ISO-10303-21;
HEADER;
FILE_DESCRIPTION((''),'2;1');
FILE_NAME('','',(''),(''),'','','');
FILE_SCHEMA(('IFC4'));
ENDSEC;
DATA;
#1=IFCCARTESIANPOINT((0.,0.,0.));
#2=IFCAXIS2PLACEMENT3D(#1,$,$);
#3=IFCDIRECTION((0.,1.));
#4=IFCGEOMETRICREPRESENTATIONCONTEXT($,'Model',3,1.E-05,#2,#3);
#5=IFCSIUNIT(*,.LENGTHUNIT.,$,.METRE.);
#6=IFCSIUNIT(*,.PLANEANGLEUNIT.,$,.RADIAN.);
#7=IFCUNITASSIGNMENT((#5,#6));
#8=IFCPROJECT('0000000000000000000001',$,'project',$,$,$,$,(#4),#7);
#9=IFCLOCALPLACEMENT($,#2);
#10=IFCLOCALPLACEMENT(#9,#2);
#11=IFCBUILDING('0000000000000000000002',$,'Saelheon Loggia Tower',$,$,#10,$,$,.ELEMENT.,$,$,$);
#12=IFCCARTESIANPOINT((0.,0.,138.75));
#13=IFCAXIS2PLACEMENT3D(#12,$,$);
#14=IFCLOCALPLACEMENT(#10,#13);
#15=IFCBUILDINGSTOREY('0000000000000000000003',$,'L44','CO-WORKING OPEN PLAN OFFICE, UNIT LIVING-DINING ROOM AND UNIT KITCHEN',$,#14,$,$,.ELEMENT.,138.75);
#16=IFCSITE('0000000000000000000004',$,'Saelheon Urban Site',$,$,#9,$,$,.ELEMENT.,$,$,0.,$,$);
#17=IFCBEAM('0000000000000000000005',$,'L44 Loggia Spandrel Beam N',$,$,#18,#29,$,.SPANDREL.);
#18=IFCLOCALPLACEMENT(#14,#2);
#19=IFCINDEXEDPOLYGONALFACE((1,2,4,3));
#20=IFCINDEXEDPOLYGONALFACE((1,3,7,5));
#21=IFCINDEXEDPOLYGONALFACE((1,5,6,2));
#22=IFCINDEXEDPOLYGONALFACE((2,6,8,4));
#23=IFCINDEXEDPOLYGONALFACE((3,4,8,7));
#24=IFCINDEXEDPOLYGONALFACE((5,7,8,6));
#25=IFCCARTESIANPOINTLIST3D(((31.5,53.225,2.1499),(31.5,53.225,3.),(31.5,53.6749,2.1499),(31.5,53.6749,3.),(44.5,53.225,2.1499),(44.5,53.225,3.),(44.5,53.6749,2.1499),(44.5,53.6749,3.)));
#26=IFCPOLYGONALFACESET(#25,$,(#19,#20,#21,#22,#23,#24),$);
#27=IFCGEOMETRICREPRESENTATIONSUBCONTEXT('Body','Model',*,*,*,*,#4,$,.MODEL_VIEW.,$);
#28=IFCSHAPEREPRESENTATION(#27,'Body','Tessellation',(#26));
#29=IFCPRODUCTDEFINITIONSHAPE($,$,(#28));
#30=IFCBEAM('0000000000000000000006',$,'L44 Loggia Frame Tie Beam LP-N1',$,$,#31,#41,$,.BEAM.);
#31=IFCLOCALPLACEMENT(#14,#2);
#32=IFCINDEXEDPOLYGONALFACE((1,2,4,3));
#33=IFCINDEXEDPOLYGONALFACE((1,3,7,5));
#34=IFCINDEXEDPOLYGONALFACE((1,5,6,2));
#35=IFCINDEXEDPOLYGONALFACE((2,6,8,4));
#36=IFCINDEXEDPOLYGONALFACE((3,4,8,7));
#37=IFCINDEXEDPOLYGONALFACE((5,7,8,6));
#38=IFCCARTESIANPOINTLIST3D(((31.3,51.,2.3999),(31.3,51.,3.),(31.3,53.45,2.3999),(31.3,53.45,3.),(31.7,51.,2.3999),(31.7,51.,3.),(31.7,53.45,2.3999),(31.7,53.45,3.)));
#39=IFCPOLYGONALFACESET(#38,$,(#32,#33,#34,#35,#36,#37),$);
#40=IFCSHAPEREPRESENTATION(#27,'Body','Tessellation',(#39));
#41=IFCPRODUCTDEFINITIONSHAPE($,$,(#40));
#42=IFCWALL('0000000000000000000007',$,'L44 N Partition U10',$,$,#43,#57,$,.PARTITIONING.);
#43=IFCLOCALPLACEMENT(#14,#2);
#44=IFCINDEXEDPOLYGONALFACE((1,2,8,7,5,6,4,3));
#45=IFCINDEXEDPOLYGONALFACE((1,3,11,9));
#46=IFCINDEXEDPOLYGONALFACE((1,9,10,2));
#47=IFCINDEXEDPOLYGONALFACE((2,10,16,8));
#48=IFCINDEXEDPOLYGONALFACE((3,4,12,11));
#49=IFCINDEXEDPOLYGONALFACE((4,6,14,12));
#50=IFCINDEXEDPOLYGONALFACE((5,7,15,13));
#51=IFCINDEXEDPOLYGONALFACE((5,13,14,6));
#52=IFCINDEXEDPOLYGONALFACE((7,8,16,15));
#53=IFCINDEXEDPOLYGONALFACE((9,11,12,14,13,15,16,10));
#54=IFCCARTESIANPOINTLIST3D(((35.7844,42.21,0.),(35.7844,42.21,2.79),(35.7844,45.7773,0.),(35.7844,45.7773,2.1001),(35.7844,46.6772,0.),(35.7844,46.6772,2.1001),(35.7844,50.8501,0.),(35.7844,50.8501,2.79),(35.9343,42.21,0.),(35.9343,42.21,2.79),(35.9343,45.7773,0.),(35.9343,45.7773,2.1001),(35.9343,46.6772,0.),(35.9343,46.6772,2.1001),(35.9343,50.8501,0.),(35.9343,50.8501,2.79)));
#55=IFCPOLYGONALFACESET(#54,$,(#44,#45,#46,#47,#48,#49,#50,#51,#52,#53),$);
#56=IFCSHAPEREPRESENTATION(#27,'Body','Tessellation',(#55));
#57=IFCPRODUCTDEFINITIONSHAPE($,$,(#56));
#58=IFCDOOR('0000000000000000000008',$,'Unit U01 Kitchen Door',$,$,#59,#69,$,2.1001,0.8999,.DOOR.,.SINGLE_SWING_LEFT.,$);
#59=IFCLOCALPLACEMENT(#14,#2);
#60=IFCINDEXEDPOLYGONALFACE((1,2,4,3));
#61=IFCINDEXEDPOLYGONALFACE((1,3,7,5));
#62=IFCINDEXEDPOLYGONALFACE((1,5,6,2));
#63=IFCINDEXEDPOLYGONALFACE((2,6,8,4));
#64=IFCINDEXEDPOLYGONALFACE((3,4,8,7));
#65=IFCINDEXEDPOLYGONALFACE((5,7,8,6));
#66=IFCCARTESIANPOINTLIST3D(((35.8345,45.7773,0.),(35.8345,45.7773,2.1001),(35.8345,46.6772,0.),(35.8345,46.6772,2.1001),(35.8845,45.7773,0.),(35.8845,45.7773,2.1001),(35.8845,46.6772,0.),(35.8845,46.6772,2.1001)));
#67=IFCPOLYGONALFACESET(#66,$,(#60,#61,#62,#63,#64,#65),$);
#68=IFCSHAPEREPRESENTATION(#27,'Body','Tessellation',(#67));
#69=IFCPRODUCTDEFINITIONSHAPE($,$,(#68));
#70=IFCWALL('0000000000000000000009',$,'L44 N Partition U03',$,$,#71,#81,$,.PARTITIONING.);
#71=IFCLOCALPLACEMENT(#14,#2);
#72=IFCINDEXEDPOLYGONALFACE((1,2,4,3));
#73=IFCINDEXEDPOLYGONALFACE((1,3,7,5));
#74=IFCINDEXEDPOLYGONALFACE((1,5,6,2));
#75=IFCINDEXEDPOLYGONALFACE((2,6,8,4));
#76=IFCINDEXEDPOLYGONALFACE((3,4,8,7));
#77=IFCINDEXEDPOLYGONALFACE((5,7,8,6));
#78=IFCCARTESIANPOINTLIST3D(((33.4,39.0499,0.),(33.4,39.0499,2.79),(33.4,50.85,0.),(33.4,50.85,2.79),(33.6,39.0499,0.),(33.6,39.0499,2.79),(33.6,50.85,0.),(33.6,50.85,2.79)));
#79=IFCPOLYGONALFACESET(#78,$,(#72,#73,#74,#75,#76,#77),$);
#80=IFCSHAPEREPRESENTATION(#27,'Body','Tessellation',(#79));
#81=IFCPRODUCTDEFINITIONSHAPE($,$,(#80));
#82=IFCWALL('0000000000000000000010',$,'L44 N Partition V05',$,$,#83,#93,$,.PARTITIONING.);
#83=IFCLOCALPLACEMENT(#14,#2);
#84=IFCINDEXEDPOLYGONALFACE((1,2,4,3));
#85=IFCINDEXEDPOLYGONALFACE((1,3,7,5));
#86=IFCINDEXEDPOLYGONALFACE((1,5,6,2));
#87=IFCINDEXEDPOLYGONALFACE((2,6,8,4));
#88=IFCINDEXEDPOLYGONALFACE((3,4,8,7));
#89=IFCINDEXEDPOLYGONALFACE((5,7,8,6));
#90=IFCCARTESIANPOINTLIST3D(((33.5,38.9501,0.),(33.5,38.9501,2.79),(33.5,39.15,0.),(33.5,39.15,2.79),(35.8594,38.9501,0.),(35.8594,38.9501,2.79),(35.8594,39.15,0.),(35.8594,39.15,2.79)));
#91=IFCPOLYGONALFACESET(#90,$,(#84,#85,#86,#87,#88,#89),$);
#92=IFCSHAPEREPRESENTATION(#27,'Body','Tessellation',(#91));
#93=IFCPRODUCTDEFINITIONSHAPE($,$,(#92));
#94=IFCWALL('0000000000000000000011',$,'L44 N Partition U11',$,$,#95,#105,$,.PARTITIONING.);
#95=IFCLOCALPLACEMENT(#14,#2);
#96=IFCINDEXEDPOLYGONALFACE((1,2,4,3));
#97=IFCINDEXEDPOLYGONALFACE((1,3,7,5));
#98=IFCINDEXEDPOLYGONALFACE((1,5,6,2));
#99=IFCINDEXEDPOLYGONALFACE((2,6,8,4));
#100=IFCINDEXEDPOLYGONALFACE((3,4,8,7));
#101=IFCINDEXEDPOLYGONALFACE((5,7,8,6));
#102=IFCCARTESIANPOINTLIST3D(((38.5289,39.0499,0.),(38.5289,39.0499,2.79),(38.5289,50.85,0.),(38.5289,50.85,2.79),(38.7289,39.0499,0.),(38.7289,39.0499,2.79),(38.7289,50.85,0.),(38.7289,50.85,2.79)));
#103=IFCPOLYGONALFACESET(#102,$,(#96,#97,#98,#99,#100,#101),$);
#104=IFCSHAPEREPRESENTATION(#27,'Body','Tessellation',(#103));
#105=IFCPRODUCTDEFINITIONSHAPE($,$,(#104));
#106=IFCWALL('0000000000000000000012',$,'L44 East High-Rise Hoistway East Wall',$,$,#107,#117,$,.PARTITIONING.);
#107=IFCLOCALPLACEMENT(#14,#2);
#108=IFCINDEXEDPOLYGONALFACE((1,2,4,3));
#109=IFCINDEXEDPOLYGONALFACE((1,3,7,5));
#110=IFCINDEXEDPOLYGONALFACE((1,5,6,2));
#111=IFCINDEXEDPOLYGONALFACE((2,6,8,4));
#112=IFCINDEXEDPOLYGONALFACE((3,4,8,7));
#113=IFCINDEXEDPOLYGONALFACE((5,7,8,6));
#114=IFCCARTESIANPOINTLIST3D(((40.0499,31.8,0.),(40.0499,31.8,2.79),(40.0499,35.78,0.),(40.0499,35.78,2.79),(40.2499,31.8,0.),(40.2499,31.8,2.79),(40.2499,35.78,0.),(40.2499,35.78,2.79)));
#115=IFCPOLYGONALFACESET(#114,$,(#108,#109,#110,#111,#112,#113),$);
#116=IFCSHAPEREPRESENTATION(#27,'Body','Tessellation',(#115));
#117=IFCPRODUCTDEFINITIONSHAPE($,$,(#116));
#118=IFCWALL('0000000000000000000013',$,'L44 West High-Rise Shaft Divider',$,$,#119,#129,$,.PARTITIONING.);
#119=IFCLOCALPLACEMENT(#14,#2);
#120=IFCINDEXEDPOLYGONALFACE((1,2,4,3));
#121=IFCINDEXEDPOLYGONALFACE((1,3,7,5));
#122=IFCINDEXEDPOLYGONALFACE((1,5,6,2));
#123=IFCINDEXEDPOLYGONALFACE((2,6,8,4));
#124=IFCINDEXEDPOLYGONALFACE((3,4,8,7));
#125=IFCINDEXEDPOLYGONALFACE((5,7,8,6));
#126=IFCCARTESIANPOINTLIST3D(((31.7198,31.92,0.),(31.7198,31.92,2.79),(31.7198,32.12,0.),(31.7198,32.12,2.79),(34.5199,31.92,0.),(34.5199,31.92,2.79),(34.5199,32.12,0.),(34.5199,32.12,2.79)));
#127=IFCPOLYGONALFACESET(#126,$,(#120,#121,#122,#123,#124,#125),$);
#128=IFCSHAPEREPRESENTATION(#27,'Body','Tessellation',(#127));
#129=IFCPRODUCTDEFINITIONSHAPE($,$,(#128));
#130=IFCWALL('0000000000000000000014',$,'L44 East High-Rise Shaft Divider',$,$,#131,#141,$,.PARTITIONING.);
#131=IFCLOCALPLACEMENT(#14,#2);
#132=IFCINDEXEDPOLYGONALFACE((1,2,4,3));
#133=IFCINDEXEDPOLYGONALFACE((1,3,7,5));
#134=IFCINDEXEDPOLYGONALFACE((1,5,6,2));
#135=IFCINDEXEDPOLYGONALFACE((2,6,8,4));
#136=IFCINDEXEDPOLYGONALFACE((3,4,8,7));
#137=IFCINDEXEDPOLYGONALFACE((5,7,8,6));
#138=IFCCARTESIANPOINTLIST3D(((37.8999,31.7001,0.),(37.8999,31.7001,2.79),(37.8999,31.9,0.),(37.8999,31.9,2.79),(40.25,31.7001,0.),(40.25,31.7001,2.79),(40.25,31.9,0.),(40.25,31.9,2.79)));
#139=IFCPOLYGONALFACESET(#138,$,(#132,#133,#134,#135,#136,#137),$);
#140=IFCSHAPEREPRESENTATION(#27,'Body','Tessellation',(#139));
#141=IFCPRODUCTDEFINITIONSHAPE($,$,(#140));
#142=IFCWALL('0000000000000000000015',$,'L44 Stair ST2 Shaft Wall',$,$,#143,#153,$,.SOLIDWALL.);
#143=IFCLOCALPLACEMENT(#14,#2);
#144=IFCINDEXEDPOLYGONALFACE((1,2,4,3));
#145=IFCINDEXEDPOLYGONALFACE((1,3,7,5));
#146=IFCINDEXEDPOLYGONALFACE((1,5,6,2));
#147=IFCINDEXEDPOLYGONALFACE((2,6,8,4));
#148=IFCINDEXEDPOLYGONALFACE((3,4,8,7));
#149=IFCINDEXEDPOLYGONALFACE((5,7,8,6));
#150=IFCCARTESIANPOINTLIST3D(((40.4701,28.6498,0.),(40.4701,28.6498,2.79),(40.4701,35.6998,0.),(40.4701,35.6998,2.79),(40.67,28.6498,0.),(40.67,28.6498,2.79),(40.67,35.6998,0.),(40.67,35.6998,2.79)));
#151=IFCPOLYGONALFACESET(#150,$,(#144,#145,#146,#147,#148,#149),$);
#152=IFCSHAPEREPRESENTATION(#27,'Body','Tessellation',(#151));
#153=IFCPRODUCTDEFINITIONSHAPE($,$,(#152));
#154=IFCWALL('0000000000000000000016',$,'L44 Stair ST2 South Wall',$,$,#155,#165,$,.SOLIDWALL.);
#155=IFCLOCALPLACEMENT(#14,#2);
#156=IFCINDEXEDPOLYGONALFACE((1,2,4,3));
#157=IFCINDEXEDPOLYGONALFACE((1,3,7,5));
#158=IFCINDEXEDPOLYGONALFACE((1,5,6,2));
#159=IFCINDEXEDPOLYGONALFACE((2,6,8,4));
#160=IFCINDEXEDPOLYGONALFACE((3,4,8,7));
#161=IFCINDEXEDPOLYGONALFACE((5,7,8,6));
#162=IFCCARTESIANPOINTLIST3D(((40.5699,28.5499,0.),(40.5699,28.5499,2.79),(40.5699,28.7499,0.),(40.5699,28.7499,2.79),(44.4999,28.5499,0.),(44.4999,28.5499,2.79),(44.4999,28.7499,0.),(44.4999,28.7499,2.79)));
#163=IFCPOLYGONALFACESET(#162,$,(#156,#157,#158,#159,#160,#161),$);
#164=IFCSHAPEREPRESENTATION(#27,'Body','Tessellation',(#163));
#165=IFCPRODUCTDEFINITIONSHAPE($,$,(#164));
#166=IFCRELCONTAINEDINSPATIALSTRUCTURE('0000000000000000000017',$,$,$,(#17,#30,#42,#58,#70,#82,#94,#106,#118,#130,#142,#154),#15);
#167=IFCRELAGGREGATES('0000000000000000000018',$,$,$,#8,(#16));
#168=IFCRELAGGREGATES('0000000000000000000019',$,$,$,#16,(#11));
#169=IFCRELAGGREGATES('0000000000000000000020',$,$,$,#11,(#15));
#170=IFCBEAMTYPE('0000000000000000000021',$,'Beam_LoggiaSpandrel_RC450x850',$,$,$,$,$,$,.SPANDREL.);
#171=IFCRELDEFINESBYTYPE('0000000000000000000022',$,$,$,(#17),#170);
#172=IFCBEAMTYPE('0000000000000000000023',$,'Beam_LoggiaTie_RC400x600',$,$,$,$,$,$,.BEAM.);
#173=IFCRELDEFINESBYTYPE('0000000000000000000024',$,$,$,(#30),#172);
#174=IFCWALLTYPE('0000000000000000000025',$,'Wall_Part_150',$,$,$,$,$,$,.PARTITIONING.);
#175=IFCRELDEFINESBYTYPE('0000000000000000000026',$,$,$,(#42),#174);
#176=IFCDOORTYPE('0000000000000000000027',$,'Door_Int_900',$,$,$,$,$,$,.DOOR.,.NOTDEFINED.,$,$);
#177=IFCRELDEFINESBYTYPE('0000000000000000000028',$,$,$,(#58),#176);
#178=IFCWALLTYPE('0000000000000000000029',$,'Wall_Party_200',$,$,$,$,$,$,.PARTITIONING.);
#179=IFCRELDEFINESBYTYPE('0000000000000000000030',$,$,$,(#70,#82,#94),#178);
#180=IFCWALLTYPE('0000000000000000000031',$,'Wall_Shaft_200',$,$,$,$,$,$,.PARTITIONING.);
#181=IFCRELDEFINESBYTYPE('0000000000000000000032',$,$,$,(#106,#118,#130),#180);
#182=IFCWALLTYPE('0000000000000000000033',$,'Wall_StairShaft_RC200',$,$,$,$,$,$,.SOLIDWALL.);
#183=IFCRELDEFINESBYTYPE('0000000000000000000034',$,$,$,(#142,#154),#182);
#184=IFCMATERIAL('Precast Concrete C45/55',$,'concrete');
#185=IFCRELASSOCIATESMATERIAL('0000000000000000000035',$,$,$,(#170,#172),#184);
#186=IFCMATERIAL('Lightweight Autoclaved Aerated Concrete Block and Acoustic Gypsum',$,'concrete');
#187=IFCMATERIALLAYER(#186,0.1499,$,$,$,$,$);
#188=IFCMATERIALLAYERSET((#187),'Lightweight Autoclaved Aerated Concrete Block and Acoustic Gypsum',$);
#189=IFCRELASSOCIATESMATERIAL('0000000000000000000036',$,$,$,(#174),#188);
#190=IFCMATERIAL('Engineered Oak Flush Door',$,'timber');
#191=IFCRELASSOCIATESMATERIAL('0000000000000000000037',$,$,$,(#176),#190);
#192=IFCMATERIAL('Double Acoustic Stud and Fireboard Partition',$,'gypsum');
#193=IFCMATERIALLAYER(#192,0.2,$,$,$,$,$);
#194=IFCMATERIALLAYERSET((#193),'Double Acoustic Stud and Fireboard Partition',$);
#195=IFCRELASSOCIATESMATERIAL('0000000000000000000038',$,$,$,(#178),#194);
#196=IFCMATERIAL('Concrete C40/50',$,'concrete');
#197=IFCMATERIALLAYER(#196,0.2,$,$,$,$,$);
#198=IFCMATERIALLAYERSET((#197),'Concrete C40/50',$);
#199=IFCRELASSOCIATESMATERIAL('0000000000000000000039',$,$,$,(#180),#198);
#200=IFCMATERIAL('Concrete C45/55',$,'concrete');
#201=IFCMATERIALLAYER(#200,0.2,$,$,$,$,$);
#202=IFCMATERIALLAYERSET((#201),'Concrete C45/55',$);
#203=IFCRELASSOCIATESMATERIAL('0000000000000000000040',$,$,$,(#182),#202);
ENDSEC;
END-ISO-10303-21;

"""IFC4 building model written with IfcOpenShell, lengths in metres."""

from ifc_helpers import new_model, si_unit, direction, frame, frame_2d, origin, origin_2d, place, context, subcontext, project, spatial, rectangle, extrude, source, transform, mapped, material, layer, layer_set, material_profile, profile_set, type_object, element, fill, save


model = new_model("IFC4")

# Units and contexts
model_context = context("Model", 3, precision=1e-05, world=origin(), true_north=direction((0.0, 1.0)))
body_context = subcontext(model_context, "Body", "Model", "MODEL_VIEW")
ifc_project = project(units=[si_unit("LENGTHUNIT", "METRE"), si_unit("PLANEANGLEUNIT", "RADIAN")], contexts=[model_context])

# Site, building, storey
site_placement = place(None, origin())
site = spatial("IfcSite", under=ifc_project, at=site_placement, Name="Saelheon Urban Site", CompositionType="ELEMENT", RefElevation=0.0)
building_placement = place(site_placement, origin())
building = spatial("IfcBuilding", under=site, at=building_placement, Name="Saelheon Loggia Tower", CompositionType="ELEMENT")
storey_placement = place(building_placement, frame((0.0, 0.0, 138.75)))
storey = spatial("IfcBuildingStorey", under=building, at=storey_placement, Name="L44", Description="CO-WORKING OPEN PLAN OFFICE, UNIT LIVING-DINING ROOM AND UNIT KITCHEN", CompositionType="ELEMENT", Elevation=138.75)

# Beams
ifc_material_1 = material(Name="Precast Concrete C45/55", Category="concrete")
ifc_material_profile_1 = material_profile(ifc_material_1, rectangle(XDim=0.45, YDim=0.8501, at=origin_2d()), Name="RC-450x850")
ifc_profile_set_1 = profile_set([ifc_material_profile_1], Name="Precast Concrete C45/55")
beam_type_1 = type_object("IfcBeamType", Name="Beam_LoggiaSpandrel_RC450x850", PredefinedType="SPANDREL", material=ifc_profile_set_1)
shared_shape_1 = source(origin(), body_context, "Body", "SweptSolid", [
    extrude(rectangle(XDim=0.45, YDim=0.8501, at=origin_2d()), origin(), (0.0, 0.0, 1.0), 13.0),
])
beam_1_placement = place(storey_placement, frame((31.5, 53.45, 2.575), z_axis=(1.0, 0.0, 0.0), x_axis=(0.0, 1.0, 0.0)))
element("IfcBeam", 1, at=beam_1_placement, inside=storey, type_object=beam_type_1, Name="L44 Loggia Spandrel Beam N", PredefinedType="SPANDREL", context=body_context, shape_type="MappedRepresentation", body=[
    mapped(shared_shape_1, transform((0.0, 0.0, 0.0), scale=1.0)),
])
ifc_material_profile_2 = material_profile(ifc_material_1, rectangle(XDim=0.3999, YDim=0.6001, at=origin_2d()), Name="RC-400x600")
ifc_profile_set_2 = profile_set([ifc_material_profile_2], Name="Precast Concrete C45/55")
beam_type_2 = type_object("IfcBeamType", Name="Beam_LoggiaTie_RC400x600", PredefinedType="BEAM", material=ifc_profile_set_2)
shared_shape_2 = source(origin(), body_context, "Body", "SweptSolid", [
    extrude(rectangle(XDim=0.3999, YDim=0.6001, at=origin_2d()), origin(), (0.0, 0.0, 1.0), 2.45),
])
beam_2_placement = place(storey_placement, frame((31.5, 51.0, 2.7), z_axis=(0.0, 1.0, 0.0), x_axis=(-1.0, 0.0, 0.0)))
element("IfcBeam", 2, at=beam_2_placement, inside=storey, type_object=beam_type_2, Name="L44 Loggia Frame Tie Beam LP-N1", PredefinedType="BEAM", context=body_context, shape_type="MappedRepresentation", body=[
    mapped(shared_shape_2, transform((0.0, 0.0, 0.0), scale=1.0)),
])

# Wall, opening, door
ifc_material_2 = material(Name="Lightweight Autoclaved Aerated Concrete Block and Acoustic Gypsum", Category="concrete")
ifc_layer_1 = layer(ifc_material_2, 0.1499)
ifc_layer_set_1 = layer_set([ifc_layer_1], Name="Lightweight Autoclaved Aerated Concrete Block and Acoustic Gypsum")
wall_type_1 = type_object("IfcWallType", Name="Wall_Part_150", PredefinedType="PARTITIONING", material=ifc_layer_set_1)
wall_1_placement = place(storey_placement, frame((35.8594, 42.21, 0.0), z_axis=(0.0, 0.0, 1.0), x_axis=(0.0, 1.0, 0.0)))
wall_1 = element("IfcWall", 3, at=wall_1_placement, inside=storey, type_object=wall_type_1, Name="L44 N Partition U10", PredefinedType="PARTITIONING", context=body_context, shape_type="SweptSolid", body=[
    extrude(rectangle(XDim=8.6401, YDim=0.1499, at=frame_2d((4.3201, 0.0))), origin(), (0.0, 0.0, 1.0), 2.79),
])
opening_1_placement = place(wall_1_placement, frame((3.5674, 0.0, 0.0)))
opening_1 = element("IfcOpeningElement", 4, at=opening_1_placement, cuts=wall_1, PredefinedType="OPENING", context=body_context, shape_type="SweptSolid", body=[
    extrude(rectangle(XDim=0.8999, YDim=2.1001, at=frame_2d((0.45, 1.05))), frame((0.0, 0.0869, 0.0), z_axis=(0.0, -1.0, 0.0), x_axis=(1.0, 0.0, 0.0)), (0.0, 0.0, 1.0), 0.1738),
])
ifc_material_3 = material(Name="Engineered Oak Flush Door", Category="timber")
door_type_1 = type_object("IfcDoorType", Name="Door_Int_900", OperationType="NOTDEFINED", PredefinedType="DOOR", material=ifc_material_3)
shared_shape_3 = source(origin(), body_context, "Body", "SweptSolid", [
    extrude(rectangle(XDim=0.8999, YDim=2.1001, at=frame_2d((0.45, 1.05))), frame((0.0, 0.0249, 0.0), z_axis=(0.0, -1.0, 0.0), x_axis=(1.0, 0.0, 0.0)), (0.0, 0.0, 1.0), 0.05),
])
door_1_placement = place(opening_1_placement, origin())
door_1 = element("IfcDoor", 5, at=door_1_placement, inside=storey, type_object=door_type_1, Name="Unit U01 Kitchen Door", OperationType="SINGLE_SWING_LEFT", OverallHeight=2.1001, OverallWidth=0.8999, PredefinedType="DOOR", context=body_context, shape_type="MappedRepresentation", body=[
    mapped(shared_shape_3, transform((0.0, 0.0, 0.0), scale=1.0)),
])
fill(opening_1, door_1)

# Walls
ifc_material_4 = material(Name="Double Acoustic Stud and Fireboard Partition", Category="gypsum")
ifc_layer_2 = layer(ifc_material_4, 0.2)
ifc_layer_set_2 = layer_set([ifc_layer_2], Name="Double Acoustic Stud and Fireboard Partition")
wall_type_2 = type_object("IfcWallType", Name="Wall_Party_200", PredefinedType="PARTITIONING", material=ifc_layer_set_2)
wall_2_placement = place(storey_placement, frame((33.5, 39.05, 0.0), z_axis=(0.0, 0.0, 1.0), x_axis=(0.0, 1.0, 0.0)))
element("IfcWall", 6, at=wall_2_placement, inside=storey, type_object=wall_type_2, Name="L44 N Partition U03", PredefinedType="PARTITIONING", context=body_context, shape_type="SweptSolid", body=[
    extrude(rectangle(XDim=11.8, YDim=0.2, at=frame_2d((5.8999, 0.0))), origin(), (0.0, 0.0, 1.0), 2.79),
])
wall_3_placement = place(storey_placement, frame((33.5, 39.05, 0.0), z_axis=(0.0, 0.0, 1.0), x_axis=(1.0, 0.0, 0.0)))
element("IfcWall", 7, at=wall_3_placement, inside=storey, type_object=wall_type_2, Name="L44 N Partition V05", PredefinedType="PARTITIONING", context=body_context, shape_type="SweptSolid", body=[
    extrude(rectangle(XDim=2.3594, YDim=0.2, at=frame_2d((1.1797, 0.0))), origin(), (0.0, 0.0, 1.0), 2.79),
])

# Walls
wall_4_placement = place(storey_placement, frame((38.6289, 39.05, 0.0), z_axis=(0.0, 0.0, 1.0), x_axis=(0.0, 1.0, 0.0)))
element("IfcWall", 8, at=wall_4_placement, inside=storey, type_object=wall_type_2, Name="L44 N Partition U11", PredefinedType="PARTITIONING", context=body_context, shape_type="SweptSolid", body=[
    extrude(rectangle(XDim=11.8, YDim=0.2, at=frame_2d((5.8999, 0.0))), origin(), (0.0, 0.0, 1.0), 2.79),
])
ifc_material_5 = material(Name="Concrete C40/50", Category="concrete")
ifc_layer_3 = layer(ifc_material_5, 0.2)
ifc_layer_set_3 = layer_set([ifc_layer_3], Name="Concrete C40/50")
wall_type_3 = type_object("IfcWallType", Name="Wall_Shaft_200", PredefinedType="PARTITIONING", material=ifc_layer_set_3)
wall_5_placement = place(storey_placement, frame((40.1499, 31.8, 0.0), z_axis=(0.0, 0.0, 1.0), x_axis=(0.0, 1.0, 0.0)))
element("IfcWall", 9, at=wall_5_placement, inside=storey, type_object=wall_type_3, Name="L44 East High-Rise Hoistway East Wall", PredefinedType="PARTITIONING", context=body_context, shape_type="SweptSolid", body=[
    extrude(rectangle(XDim=3.98, YDim=0.2, at=frame_2d((1.99, 0.0))), origin(), (0.0, 0.0, 1.0), 2.79),
])
wall_6_placement = place(storey_placement, frame((31.72, 32.02, 0.0), z_axis=(0.0, 0.0, 1.0), x_axis=(1.0, 0.0, 0.0)))
element("IfcWall", 10, at=wall_6_placement, inside=storey, type_object=wall_type_3, Name="L44 West High-Rise Shaft Divider", PredefinedType="PARTITIONING", context=body_context, shape_type="SweptSolid", body=[
    extrude(rectangle(XDim=2.8, YDim=0.2, at=frame_2d((1.3999, 0.0))), origin(), (0.0, 0.0, 1.0), 2.79),
])
wall_7_placement = place(storey_placement, frame((37.8999, 31.8, 0.0), z_axis=(0.0, 0.0, 1.0), x_axis=(1.0, 0.0, 0.0)))
element("IfcWall", 11, at=wall_7_placement, inside=storey, type_object=wall_type_3, Name="L44 East High-Rise Shaft Divider", PredefinedType="PARTITIONING", context=body_context, shape_type="SweptSolid", body=[
    extrude(rectangle(XDim=2.3501, YDim=0.2, at=frame_2d((1.175, 0.0))), origin(), (0.0, 0.0, 1.0), 2.79),
])
ifc_material_6 = material(Name="Concrete C45/55", Category="concrete")
ifc_layer_4 = layer(ifc_material_6, 0.2)
ifc_layer_set_4 = layer_set([ifc_layer_4], Name="Concrete C45/55")
wall_type_4 = type_object("IfcWallType", Name="Wall_StairShaft_RC200", PredefinedType="SOLIDWALL", material=ifc_layer_set_4)
wall_8_placement = place(storey_placement, frame((40.5701, 28.6499, 0.0), z_axis=(0.0, 0.0, 1.0), x_axis=(0.0, 1.0, 0.0)))
element("IfcWall", 12, at=wall_8_placement, inside=storey, type_object=wall_type_4, Name="L44 Stair ST2 Shaft Wall", PredefinedType="SOLIDWALL", context=body_context, shape_type="SweptSolid", body=[
    extrude(rectangle(XDim=7.05, YDim=0.2, at=frame_2d((3.5249, 0.0))), origin(), (0.0, 0.0, 1.0), 2.79),
])
wall_9_placement = place(storey_placement, frame((40.5701, 28.6499, 0.0), z_axis=(0.0, 0.0, 1.0), x_axis=(1.0, 0.0, 0.0)))
element("IfcWall", 13, at=wall_9_placement, inside=storey, type_object=wall_type_4, Name="L44 Stair ST2 South Wall", PredefinedType="SOLIDWALL", context=body_context, shape_type="SweptSolid", body=[
    extrude(rectangle(XDim=3.9299, YDim=0.2, at=frame_2d((1.9648, 0.0))), origin(), (0.0, 0.0, 1.0), 2.79),
])

save(model, "model.ifc")
